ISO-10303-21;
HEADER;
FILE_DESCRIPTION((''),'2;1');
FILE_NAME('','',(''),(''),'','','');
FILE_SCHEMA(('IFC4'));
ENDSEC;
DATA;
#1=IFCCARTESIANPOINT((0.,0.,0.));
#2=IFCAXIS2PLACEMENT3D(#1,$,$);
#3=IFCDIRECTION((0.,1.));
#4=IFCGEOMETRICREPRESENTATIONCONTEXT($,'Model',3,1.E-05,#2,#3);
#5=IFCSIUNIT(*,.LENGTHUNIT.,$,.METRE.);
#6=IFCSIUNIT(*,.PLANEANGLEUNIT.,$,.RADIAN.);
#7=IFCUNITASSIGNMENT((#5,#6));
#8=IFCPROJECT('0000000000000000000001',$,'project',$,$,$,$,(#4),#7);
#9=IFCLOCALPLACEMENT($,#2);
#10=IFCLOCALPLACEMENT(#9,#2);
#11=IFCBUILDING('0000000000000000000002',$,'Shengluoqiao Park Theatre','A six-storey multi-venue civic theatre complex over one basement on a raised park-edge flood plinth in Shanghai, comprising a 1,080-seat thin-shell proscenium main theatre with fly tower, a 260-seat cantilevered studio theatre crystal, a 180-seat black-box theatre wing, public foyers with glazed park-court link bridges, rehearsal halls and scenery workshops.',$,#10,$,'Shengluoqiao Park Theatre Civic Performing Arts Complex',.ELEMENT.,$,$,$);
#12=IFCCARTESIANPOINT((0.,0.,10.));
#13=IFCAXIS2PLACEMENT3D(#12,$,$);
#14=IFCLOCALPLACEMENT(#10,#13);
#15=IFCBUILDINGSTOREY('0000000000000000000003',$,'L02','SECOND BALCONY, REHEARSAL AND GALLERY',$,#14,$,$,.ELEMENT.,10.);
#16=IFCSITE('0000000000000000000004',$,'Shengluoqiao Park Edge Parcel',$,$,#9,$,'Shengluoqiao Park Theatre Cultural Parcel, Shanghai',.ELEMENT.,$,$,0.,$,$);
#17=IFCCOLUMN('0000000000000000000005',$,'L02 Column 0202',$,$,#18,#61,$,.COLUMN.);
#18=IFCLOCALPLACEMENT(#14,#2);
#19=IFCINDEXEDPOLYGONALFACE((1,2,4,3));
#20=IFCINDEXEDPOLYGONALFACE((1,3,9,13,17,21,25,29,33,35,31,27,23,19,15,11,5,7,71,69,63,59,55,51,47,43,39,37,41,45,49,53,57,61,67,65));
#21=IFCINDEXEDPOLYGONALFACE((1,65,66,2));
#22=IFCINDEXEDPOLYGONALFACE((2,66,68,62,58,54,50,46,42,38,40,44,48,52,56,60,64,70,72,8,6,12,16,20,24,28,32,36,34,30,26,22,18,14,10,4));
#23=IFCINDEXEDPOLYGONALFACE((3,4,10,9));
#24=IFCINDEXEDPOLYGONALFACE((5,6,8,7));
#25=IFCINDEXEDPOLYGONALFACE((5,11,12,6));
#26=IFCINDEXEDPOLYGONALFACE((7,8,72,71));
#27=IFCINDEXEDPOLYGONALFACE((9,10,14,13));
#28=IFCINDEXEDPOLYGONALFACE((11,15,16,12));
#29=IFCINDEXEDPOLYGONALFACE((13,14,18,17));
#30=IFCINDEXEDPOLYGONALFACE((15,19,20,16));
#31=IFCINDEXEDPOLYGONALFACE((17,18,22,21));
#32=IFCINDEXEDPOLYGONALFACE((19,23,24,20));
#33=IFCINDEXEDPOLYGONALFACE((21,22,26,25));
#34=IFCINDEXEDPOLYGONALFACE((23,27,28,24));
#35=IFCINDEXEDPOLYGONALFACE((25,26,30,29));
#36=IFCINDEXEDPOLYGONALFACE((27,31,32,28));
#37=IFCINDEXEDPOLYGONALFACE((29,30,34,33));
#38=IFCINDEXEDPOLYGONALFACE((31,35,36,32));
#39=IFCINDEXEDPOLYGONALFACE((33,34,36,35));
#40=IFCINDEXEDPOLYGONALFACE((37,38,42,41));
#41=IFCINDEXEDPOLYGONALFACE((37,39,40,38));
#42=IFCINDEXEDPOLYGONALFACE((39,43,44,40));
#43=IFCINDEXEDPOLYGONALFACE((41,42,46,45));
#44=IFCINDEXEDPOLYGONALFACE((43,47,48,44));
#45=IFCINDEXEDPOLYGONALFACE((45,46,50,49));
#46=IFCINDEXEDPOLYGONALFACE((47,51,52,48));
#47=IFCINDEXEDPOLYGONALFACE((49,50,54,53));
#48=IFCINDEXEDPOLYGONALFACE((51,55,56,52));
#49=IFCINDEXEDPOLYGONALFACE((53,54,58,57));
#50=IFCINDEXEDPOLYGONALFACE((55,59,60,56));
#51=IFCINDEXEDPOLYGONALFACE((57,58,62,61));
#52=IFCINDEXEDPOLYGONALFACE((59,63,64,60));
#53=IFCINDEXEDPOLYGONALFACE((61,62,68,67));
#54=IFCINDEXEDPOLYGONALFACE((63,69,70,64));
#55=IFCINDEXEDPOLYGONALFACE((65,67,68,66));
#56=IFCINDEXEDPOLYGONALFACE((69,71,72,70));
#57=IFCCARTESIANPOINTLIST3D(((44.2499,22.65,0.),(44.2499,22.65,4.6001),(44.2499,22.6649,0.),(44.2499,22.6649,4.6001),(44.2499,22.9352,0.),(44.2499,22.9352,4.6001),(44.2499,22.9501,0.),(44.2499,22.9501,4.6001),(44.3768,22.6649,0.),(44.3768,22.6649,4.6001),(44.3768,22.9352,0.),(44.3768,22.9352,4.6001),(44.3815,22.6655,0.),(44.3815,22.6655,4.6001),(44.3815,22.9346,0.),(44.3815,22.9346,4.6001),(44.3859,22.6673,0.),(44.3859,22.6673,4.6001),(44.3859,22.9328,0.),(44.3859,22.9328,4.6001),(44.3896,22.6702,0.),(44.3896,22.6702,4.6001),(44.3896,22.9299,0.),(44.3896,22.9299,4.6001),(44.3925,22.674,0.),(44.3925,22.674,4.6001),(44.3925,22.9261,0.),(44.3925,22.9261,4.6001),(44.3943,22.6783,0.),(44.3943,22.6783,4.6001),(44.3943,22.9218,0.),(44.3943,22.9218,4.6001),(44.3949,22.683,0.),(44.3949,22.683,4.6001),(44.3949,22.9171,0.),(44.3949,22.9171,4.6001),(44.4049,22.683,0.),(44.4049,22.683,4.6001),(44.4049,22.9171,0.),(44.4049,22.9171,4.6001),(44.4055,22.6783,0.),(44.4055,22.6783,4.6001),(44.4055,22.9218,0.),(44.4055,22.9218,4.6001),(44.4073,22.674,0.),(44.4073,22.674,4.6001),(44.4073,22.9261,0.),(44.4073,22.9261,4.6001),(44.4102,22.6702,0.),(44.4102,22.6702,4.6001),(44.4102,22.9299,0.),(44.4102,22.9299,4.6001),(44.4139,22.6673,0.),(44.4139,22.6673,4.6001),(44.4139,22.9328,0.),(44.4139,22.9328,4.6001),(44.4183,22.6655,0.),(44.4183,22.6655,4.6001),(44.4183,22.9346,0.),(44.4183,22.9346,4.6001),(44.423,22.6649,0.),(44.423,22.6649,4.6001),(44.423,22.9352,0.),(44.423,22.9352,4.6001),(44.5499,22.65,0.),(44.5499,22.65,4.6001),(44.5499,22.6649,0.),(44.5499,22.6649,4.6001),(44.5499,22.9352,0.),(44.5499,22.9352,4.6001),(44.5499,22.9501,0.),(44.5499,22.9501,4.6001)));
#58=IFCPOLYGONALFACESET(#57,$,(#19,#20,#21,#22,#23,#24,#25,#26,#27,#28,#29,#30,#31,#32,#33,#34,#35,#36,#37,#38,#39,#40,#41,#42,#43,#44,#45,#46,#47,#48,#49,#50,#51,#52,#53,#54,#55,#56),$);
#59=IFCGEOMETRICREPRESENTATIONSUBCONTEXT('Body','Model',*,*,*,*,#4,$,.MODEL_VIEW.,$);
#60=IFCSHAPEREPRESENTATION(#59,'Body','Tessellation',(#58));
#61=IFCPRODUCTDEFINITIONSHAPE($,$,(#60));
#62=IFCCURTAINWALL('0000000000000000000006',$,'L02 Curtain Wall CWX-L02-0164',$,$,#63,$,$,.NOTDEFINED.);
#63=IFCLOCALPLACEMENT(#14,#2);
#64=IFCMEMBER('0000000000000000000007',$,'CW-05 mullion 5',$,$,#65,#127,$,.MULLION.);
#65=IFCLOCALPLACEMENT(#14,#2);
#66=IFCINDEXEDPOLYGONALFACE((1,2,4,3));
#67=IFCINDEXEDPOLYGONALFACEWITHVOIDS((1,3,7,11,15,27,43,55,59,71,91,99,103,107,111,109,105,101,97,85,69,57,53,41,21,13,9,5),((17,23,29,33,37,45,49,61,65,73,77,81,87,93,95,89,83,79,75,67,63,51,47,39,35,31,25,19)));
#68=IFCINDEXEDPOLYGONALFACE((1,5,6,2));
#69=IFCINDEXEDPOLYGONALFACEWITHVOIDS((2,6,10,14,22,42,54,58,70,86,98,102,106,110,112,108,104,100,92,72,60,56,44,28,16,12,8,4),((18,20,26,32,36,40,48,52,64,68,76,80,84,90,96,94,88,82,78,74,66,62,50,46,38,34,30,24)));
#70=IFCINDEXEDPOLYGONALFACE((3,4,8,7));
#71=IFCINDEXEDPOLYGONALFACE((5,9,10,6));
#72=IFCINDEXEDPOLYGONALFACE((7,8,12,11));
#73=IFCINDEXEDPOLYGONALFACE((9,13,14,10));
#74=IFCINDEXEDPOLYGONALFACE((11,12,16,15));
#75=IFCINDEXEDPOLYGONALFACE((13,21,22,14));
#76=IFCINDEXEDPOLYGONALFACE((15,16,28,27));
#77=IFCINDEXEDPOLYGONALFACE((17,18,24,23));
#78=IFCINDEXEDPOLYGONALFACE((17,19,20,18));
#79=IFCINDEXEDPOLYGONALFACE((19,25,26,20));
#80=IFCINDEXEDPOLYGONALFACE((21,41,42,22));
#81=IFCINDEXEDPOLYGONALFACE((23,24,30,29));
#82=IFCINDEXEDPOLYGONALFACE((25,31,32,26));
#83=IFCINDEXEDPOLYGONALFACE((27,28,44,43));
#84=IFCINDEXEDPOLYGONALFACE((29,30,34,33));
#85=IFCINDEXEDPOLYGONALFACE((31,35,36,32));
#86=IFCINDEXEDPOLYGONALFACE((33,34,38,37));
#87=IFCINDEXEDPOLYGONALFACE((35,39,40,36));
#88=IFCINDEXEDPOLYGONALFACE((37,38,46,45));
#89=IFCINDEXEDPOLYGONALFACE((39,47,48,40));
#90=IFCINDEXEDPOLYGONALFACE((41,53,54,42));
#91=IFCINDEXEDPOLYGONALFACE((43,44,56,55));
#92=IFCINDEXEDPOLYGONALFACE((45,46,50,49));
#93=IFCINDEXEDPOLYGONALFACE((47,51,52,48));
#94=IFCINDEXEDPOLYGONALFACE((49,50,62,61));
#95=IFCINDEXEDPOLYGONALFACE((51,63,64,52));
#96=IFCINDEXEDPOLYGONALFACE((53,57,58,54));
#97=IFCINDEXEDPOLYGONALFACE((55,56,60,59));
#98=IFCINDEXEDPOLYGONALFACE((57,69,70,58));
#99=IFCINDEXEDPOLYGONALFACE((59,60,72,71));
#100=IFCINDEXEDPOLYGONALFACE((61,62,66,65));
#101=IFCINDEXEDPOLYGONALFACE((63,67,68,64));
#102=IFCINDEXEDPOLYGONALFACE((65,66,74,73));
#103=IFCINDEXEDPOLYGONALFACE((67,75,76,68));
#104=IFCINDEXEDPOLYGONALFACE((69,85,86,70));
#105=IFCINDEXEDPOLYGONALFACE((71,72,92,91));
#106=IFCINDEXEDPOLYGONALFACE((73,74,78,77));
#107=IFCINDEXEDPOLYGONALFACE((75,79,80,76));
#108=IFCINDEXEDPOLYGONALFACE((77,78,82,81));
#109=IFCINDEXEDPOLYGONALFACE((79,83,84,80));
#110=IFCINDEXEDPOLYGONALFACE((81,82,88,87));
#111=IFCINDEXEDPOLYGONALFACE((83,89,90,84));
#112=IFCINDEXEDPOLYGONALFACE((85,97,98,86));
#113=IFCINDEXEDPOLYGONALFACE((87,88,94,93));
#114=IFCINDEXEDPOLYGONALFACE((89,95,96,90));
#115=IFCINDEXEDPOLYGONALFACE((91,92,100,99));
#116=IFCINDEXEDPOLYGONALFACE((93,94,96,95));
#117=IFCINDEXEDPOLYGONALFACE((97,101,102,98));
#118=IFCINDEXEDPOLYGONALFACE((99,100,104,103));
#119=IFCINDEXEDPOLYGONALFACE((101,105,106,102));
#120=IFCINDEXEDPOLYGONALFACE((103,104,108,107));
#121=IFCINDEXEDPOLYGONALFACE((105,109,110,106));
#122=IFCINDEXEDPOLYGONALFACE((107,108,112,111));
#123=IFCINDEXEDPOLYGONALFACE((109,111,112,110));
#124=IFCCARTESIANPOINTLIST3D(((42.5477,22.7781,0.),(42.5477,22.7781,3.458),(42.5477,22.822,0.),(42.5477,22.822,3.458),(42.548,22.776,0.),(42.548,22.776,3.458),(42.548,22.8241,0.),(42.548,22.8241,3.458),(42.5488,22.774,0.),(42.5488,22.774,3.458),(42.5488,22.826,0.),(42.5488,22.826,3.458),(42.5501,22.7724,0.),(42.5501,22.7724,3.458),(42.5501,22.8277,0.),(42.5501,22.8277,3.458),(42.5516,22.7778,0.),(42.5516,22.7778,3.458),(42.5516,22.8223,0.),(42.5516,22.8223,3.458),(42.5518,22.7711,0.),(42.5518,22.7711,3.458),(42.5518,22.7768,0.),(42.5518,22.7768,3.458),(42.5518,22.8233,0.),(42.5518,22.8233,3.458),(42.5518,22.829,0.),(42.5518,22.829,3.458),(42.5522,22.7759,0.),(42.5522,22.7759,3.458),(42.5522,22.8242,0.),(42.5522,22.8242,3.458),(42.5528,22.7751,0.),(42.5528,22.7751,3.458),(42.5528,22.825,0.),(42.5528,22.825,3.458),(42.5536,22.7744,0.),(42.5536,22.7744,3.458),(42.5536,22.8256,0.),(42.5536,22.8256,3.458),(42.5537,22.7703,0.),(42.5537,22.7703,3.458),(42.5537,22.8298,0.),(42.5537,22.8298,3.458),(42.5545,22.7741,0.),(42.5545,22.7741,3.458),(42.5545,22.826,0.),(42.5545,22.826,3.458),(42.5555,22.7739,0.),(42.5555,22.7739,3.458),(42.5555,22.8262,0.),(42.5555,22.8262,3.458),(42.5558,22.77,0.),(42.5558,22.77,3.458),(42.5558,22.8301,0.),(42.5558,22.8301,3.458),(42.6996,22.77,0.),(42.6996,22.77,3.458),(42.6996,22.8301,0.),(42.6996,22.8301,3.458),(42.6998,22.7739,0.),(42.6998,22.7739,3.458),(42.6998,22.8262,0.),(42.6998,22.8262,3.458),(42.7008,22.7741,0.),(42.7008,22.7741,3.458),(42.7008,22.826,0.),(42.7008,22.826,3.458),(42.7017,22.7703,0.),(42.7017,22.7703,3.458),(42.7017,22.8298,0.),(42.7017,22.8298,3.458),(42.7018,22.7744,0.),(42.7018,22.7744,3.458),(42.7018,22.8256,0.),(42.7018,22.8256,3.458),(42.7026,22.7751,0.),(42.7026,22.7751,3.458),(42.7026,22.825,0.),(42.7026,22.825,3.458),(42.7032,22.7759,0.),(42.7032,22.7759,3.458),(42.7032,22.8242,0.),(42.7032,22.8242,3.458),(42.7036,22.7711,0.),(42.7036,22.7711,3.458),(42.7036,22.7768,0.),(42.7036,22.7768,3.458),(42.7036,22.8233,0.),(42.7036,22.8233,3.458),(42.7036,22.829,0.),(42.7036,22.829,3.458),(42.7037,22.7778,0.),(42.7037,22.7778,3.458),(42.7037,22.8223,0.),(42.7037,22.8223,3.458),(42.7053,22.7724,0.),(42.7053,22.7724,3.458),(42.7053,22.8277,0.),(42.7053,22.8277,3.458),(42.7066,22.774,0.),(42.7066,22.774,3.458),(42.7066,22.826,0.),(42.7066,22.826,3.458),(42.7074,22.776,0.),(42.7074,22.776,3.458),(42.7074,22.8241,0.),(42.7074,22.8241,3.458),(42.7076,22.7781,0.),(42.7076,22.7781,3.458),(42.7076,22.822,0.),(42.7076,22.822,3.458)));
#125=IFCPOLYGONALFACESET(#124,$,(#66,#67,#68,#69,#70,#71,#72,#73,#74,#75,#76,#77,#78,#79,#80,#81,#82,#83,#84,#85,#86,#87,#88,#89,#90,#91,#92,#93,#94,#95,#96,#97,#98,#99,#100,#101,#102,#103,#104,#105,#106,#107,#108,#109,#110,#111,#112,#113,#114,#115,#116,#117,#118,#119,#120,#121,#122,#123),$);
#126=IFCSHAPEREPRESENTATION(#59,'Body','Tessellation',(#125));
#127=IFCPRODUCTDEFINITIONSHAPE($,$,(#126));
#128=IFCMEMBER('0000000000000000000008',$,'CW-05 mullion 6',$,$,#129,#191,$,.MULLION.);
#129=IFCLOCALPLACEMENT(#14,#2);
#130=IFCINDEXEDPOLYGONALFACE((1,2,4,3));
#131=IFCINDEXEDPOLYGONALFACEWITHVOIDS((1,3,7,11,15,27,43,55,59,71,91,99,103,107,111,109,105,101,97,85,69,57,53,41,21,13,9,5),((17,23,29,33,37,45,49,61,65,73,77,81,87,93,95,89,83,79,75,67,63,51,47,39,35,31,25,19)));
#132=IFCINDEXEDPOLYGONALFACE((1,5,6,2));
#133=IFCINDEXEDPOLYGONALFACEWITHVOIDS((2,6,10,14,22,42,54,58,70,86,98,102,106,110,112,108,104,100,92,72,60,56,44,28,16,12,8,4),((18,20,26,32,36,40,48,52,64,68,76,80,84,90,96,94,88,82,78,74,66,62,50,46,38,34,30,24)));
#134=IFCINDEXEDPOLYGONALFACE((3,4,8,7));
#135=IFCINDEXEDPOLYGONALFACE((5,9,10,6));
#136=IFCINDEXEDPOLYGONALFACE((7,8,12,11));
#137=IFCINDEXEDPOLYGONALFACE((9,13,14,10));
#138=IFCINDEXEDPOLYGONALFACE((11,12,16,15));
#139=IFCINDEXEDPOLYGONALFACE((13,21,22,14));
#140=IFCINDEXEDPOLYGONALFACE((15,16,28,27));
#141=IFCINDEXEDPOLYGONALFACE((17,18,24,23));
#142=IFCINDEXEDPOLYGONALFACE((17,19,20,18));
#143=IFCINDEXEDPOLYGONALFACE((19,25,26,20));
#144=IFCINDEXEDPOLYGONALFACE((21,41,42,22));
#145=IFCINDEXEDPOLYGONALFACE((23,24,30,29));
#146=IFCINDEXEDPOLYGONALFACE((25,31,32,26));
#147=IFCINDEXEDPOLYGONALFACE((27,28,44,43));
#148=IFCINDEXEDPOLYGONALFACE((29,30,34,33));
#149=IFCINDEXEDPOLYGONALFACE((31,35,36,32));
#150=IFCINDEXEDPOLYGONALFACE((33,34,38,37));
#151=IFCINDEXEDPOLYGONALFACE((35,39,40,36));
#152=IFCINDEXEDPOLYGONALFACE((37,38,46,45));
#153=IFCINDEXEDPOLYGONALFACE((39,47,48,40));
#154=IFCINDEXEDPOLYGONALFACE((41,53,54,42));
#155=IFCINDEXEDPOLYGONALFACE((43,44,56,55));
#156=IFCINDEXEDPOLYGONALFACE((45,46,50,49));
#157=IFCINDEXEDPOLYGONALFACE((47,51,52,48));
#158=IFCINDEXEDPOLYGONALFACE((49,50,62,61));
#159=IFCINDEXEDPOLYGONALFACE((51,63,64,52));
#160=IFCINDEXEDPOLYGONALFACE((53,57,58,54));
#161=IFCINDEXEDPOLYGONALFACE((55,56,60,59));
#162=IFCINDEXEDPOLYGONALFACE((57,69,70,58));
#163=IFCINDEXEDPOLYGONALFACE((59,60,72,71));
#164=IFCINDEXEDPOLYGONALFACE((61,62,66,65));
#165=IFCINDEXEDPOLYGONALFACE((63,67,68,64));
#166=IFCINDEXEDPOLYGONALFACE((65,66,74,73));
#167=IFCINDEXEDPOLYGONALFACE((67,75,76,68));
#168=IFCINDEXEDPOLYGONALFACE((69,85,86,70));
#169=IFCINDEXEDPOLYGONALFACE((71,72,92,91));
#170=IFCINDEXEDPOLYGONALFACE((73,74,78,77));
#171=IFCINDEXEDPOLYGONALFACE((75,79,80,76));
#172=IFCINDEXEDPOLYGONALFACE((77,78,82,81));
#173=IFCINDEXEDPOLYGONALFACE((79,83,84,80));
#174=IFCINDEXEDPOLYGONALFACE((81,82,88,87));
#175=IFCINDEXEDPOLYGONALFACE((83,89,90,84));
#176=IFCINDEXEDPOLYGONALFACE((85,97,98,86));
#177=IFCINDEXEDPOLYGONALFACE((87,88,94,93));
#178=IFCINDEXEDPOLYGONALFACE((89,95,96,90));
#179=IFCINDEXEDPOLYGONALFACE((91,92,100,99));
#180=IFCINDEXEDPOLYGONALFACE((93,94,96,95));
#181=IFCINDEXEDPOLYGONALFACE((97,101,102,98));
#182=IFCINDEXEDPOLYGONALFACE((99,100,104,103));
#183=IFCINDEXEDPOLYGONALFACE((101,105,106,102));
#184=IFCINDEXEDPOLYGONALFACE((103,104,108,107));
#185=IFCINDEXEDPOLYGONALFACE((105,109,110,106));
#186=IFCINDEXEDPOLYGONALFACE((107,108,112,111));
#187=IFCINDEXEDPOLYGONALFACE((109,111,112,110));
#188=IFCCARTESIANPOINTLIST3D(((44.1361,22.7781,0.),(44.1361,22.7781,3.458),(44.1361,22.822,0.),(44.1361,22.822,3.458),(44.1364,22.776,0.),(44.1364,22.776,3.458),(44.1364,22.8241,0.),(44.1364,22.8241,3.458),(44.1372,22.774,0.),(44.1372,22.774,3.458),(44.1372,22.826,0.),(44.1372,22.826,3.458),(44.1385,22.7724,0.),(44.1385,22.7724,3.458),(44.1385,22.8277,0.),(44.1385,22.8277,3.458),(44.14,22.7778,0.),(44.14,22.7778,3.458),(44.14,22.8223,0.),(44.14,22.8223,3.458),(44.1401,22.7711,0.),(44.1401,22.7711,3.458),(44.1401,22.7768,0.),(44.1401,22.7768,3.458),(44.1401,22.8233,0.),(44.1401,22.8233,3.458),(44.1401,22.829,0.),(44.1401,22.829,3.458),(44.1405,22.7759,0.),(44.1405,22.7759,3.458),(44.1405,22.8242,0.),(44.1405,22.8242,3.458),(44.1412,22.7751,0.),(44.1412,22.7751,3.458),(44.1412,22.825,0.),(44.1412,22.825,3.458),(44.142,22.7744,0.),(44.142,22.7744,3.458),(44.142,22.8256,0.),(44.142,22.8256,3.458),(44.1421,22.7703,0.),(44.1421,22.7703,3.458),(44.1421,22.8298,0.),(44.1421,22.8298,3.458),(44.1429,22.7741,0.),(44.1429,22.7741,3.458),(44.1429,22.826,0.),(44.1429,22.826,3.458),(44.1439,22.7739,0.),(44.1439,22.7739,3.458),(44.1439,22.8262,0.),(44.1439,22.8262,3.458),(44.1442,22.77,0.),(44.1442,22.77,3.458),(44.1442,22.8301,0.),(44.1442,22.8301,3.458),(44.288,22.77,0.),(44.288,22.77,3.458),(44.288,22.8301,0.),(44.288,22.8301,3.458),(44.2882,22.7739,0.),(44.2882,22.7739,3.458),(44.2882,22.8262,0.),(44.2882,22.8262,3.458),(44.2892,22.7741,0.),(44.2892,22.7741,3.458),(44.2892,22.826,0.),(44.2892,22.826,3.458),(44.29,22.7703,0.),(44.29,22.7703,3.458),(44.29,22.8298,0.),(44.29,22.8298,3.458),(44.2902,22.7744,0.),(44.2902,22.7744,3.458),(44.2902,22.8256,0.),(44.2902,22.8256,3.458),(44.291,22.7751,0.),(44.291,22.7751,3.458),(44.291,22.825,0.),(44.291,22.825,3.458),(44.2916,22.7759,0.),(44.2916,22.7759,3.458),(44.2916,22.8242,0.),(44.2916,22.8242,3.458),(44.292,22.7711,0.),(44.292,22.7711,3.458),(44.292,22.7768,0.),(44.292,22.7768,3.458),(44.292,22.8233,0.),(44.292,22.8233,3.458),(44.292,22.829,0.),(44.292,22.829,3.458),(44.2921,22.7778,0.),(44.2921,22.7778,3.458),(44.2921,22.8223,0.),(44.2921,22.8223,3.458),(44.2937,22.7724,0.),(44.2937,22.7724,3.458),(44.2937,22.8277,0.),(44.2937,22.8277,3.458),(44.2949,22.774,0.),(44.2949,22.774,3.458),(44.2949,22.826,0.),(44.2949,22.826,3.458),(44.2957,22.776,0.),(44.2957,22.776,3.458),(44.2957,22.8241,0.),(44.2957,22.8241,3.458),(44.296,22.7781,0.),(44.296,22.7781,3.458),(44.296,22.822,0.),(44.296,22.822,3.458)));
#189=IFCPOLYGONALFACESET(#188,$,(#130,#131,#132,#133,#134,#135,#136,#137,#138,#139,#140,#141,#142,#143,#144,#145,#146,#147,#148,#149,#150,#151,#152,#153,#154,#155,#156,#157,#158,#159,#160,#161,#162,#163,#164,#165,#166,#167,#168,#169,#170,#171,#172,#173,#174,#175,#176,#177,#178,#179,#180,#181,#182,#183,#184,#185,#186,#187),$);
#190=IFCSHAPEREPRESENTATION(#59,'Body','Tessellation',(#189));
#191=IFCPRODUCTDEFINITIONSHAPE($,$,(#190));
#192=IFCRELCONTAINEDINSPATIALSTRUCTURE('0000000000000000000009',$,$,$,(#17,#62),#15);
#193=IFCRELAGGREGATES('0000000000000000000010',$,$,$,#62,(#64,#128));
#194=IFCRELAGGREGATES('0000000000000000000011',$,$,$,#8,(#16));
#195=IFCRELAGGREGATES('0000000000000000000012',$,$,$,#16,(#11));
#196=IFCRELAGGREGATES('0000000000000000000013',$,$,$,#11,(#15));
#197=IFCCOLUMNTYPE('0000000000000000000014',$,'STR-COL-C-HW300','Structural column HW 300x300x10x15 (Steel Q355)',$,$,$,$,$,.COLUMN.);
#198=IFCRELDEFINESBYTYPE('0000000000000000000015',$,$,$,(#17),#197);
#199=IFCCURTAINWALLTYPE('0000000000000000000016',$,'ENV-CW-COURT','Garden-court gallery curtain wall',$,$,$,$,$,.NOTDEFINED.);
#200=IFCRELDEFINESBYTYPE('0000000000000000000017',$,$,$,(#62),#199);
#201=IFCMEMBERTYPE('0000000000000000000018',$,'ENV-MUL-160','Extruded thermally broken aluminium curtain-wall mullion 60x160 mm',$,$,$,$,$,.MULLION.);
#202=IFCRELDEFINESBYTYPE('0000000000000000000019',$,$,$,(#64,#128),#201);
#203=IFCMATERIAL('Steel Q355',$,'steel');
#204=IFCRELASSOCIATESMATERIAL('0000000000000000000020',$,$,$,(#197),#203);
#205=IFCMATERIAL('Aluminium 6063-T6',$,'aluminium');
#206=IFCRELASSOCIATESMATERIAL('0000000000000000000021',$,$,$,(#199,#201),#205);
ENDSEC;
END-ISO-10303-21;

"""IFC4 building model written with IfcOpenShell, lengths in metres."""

from ifc_helpers import new_model, si_unit, direction, frame, origin, origin_2d, place, context, subcontext, project, spatial, hollow_rectangle, i_section, extrude, material, material_profile, profile_set, type_object, element, aggregate, save


model = new_model("IFC4")

# Units and contexts
model_context = context("Model", 3, precision=1e-05, world=origin(), true_north=direction((0.0, 1.0)))
body_context = subcontext(model_context, "Body", "Model", "MODEL_VIEW")
ifc_project = project(units=[si_unit("LENGTHUNIT", "METRE"), si_unit("PLANEANGLEUNIT", "RADIAN")], contexts=[model_context])

# Site, building, storey
site_placement = place(None, origin())
site = spatial("IfcSite", under=ifc_project, at=site_placement, Name="Shengluoqiao Park Edge Parcel", LongName="Shengluoqiao Park Theatre Cultural Parcel, Shanghai", CompositionType="ELEMENT", RefElevation=0.0)
building_placement = place(site_placement, origin())
building = spatial("IfcBuilding", under=site, at=building_placement, Name="Shengluoqiao Park Theatre", Description="A six-storey multi-venue civic theatre complex over one basement on a raised park-edge flood plinth in Shanghai, comprising a 1,080-seat thin-shell proscenium main theatre with fly tower, a 260-seat cantilevered studio theatre crystal, a 180-seat black-box theatre wing, public foyers with glazed park-court link bridges, rehearsal halls and scenery workshops.", LongName="Shengluoqiao Park Theatre Civic Performing Arts Complex", CompositionType="ELEMENT")
storey_placement = place(building_placement, frame((0.0, 0.0, 10.0)))
storey = spatial("IfcBuildingStorey", under=building, at=storey_placement, Name="L02", Description="SECOND BALCONY, REHEARSAL AND GALLERY", CompositionType="ELEMENT", Elevation=10.0)

# Column
ifc_material_1 = material(Name="Steel Q355", Category="steel")
ifc_material_profile_1 = material_profile(ifc_material_1, i_section(OverallWidth=0.3, OverallDepth=0.3, WebThickness=0.01, FlangeThickness=0.0149, FilletRadius=0.0181, at=origin_2d()), Name="HW 300x300x10x15")
ifc_profile_set_1 = profile_set([ifc_material_profile_1], Name="Steel Q355")
column_type = type_object("IfcColumnType", Name="STR-COL-C-HW300", Description="Structural column HW 300x300x10x15 (Steel Q355)", PredefinedType="COLUMN", material=ifc_profile_set_1)
column_placement = place(storey_placement, frame((44.3999, 22.8, 0.0), z_axis=(0.0, 0.0, 1.0), x_axis=(1.0, 0.0, 0.0)))
element("IfcColumn", 1, at=column_placement, inside=storey, type_object=column_type, Name="L02 Column 0202", PredefinedType="COLUMN", context=body_context, shape_type="SweptSolid", body=[
    extrude(i_section(OverallWidth=0.3, OverallDepth=0.3, WebThickness=0.01, FlangeThickness=0.0149, FilletRadius=0.0181, at=origin_2d()), origin(), (0.0, 0.0, 1.0), 4.6001),
])

# Curtain wall, members
ifc_material_2 = material(Name="Aluminium 6063-T6", Category="aluminium")
curtain_wall_type = type_object("IfcCurtainWallType", Name="ENV-CW-COURT", Description="Garden-court gallery curtain wall", PredefinedType="NOTDEFINED", material=ifc_material_2)
curtain_wall_1_placement = place(storey_placement, origin())
curtain_wall_1 = element("IfcCurtainWall", 2, at=curtain_wall_1_placement, inside=storey, type_object=curtain_wall_type, Name="L02 Curtain Wall CWX-L02-0164", PredefinedType="NOTDEFINED")
ifc_material_profile_2 = material_profile(ifc_material_2, hollow_rectangle(XDim=0.0601, YDim=0.1599, WallThickness=0.0039, InnerFilletRadius=0.0039, OuterFilletRadius=0.0081, at=origin_2d()), Name="ALU MULLION 160x60x4")
ifc_profile_set_2 = profile_set([ifc_material_profile_2], Name="Aluminium 6063-T6")
member_type_1 = type_object("IfcMemberType", Name="ENV-MUL-160", Description="Extruded thermally broken aluminium curtain-wall mullion 60x160 mm", PredefinedType="MULLION", material=ifc_profile_set_2)
member_1_placement = place(storey_placement, frame((42.6277, 22.8, 0.0), z_axis=(0.0, 0.0, 1.0), x_axis=(0.0, 1.0, 0.0)))
member_1 = element("IfcMember", 3, at=member_1_placement, type_object=member_type_1, Name="CW-05 mullion 5", PredefinedType="MULLION", context=body_context, shape_type="SweptSolid", body=[
    extrude(hollow_rectangle(XDim=0.0601, YDim=0.1599, WallThickness=0.0039, InnerFilletRadius=0.0039, OuterFilletRadius=0.0081, at=origin_2d()), origin(), (0.0, 0.0, 1.0), 3.458),
])
member_2_placement = place(storey_placement, frame((44.2161, 22.8, 0.0), z_axis=(0.0, 0.0, 1.0), x_axis=(0.0, 1.0, 0.0)))
member_2 = element("IfcMember", 4, at=member_2_placement, type_object=member_type_1, Name="CW-05 mullion 6", PredefinedType="MULLION", context=body_context, shape_type="SweptSolid", body=[
    extrude(hollow_rectangle(XDim=0.0601, YDim=0.1599, WallThickness=0.0039, InnerFilletRadius=0.0039, OuterFilletRadius=0.0081, at=origin_2d()), origin(), (0.0, 0.0, 1.0), 3.458),
])

aggregate(curtain_wall_1, [member_1, member_2])

save(model, "model.ifc")
